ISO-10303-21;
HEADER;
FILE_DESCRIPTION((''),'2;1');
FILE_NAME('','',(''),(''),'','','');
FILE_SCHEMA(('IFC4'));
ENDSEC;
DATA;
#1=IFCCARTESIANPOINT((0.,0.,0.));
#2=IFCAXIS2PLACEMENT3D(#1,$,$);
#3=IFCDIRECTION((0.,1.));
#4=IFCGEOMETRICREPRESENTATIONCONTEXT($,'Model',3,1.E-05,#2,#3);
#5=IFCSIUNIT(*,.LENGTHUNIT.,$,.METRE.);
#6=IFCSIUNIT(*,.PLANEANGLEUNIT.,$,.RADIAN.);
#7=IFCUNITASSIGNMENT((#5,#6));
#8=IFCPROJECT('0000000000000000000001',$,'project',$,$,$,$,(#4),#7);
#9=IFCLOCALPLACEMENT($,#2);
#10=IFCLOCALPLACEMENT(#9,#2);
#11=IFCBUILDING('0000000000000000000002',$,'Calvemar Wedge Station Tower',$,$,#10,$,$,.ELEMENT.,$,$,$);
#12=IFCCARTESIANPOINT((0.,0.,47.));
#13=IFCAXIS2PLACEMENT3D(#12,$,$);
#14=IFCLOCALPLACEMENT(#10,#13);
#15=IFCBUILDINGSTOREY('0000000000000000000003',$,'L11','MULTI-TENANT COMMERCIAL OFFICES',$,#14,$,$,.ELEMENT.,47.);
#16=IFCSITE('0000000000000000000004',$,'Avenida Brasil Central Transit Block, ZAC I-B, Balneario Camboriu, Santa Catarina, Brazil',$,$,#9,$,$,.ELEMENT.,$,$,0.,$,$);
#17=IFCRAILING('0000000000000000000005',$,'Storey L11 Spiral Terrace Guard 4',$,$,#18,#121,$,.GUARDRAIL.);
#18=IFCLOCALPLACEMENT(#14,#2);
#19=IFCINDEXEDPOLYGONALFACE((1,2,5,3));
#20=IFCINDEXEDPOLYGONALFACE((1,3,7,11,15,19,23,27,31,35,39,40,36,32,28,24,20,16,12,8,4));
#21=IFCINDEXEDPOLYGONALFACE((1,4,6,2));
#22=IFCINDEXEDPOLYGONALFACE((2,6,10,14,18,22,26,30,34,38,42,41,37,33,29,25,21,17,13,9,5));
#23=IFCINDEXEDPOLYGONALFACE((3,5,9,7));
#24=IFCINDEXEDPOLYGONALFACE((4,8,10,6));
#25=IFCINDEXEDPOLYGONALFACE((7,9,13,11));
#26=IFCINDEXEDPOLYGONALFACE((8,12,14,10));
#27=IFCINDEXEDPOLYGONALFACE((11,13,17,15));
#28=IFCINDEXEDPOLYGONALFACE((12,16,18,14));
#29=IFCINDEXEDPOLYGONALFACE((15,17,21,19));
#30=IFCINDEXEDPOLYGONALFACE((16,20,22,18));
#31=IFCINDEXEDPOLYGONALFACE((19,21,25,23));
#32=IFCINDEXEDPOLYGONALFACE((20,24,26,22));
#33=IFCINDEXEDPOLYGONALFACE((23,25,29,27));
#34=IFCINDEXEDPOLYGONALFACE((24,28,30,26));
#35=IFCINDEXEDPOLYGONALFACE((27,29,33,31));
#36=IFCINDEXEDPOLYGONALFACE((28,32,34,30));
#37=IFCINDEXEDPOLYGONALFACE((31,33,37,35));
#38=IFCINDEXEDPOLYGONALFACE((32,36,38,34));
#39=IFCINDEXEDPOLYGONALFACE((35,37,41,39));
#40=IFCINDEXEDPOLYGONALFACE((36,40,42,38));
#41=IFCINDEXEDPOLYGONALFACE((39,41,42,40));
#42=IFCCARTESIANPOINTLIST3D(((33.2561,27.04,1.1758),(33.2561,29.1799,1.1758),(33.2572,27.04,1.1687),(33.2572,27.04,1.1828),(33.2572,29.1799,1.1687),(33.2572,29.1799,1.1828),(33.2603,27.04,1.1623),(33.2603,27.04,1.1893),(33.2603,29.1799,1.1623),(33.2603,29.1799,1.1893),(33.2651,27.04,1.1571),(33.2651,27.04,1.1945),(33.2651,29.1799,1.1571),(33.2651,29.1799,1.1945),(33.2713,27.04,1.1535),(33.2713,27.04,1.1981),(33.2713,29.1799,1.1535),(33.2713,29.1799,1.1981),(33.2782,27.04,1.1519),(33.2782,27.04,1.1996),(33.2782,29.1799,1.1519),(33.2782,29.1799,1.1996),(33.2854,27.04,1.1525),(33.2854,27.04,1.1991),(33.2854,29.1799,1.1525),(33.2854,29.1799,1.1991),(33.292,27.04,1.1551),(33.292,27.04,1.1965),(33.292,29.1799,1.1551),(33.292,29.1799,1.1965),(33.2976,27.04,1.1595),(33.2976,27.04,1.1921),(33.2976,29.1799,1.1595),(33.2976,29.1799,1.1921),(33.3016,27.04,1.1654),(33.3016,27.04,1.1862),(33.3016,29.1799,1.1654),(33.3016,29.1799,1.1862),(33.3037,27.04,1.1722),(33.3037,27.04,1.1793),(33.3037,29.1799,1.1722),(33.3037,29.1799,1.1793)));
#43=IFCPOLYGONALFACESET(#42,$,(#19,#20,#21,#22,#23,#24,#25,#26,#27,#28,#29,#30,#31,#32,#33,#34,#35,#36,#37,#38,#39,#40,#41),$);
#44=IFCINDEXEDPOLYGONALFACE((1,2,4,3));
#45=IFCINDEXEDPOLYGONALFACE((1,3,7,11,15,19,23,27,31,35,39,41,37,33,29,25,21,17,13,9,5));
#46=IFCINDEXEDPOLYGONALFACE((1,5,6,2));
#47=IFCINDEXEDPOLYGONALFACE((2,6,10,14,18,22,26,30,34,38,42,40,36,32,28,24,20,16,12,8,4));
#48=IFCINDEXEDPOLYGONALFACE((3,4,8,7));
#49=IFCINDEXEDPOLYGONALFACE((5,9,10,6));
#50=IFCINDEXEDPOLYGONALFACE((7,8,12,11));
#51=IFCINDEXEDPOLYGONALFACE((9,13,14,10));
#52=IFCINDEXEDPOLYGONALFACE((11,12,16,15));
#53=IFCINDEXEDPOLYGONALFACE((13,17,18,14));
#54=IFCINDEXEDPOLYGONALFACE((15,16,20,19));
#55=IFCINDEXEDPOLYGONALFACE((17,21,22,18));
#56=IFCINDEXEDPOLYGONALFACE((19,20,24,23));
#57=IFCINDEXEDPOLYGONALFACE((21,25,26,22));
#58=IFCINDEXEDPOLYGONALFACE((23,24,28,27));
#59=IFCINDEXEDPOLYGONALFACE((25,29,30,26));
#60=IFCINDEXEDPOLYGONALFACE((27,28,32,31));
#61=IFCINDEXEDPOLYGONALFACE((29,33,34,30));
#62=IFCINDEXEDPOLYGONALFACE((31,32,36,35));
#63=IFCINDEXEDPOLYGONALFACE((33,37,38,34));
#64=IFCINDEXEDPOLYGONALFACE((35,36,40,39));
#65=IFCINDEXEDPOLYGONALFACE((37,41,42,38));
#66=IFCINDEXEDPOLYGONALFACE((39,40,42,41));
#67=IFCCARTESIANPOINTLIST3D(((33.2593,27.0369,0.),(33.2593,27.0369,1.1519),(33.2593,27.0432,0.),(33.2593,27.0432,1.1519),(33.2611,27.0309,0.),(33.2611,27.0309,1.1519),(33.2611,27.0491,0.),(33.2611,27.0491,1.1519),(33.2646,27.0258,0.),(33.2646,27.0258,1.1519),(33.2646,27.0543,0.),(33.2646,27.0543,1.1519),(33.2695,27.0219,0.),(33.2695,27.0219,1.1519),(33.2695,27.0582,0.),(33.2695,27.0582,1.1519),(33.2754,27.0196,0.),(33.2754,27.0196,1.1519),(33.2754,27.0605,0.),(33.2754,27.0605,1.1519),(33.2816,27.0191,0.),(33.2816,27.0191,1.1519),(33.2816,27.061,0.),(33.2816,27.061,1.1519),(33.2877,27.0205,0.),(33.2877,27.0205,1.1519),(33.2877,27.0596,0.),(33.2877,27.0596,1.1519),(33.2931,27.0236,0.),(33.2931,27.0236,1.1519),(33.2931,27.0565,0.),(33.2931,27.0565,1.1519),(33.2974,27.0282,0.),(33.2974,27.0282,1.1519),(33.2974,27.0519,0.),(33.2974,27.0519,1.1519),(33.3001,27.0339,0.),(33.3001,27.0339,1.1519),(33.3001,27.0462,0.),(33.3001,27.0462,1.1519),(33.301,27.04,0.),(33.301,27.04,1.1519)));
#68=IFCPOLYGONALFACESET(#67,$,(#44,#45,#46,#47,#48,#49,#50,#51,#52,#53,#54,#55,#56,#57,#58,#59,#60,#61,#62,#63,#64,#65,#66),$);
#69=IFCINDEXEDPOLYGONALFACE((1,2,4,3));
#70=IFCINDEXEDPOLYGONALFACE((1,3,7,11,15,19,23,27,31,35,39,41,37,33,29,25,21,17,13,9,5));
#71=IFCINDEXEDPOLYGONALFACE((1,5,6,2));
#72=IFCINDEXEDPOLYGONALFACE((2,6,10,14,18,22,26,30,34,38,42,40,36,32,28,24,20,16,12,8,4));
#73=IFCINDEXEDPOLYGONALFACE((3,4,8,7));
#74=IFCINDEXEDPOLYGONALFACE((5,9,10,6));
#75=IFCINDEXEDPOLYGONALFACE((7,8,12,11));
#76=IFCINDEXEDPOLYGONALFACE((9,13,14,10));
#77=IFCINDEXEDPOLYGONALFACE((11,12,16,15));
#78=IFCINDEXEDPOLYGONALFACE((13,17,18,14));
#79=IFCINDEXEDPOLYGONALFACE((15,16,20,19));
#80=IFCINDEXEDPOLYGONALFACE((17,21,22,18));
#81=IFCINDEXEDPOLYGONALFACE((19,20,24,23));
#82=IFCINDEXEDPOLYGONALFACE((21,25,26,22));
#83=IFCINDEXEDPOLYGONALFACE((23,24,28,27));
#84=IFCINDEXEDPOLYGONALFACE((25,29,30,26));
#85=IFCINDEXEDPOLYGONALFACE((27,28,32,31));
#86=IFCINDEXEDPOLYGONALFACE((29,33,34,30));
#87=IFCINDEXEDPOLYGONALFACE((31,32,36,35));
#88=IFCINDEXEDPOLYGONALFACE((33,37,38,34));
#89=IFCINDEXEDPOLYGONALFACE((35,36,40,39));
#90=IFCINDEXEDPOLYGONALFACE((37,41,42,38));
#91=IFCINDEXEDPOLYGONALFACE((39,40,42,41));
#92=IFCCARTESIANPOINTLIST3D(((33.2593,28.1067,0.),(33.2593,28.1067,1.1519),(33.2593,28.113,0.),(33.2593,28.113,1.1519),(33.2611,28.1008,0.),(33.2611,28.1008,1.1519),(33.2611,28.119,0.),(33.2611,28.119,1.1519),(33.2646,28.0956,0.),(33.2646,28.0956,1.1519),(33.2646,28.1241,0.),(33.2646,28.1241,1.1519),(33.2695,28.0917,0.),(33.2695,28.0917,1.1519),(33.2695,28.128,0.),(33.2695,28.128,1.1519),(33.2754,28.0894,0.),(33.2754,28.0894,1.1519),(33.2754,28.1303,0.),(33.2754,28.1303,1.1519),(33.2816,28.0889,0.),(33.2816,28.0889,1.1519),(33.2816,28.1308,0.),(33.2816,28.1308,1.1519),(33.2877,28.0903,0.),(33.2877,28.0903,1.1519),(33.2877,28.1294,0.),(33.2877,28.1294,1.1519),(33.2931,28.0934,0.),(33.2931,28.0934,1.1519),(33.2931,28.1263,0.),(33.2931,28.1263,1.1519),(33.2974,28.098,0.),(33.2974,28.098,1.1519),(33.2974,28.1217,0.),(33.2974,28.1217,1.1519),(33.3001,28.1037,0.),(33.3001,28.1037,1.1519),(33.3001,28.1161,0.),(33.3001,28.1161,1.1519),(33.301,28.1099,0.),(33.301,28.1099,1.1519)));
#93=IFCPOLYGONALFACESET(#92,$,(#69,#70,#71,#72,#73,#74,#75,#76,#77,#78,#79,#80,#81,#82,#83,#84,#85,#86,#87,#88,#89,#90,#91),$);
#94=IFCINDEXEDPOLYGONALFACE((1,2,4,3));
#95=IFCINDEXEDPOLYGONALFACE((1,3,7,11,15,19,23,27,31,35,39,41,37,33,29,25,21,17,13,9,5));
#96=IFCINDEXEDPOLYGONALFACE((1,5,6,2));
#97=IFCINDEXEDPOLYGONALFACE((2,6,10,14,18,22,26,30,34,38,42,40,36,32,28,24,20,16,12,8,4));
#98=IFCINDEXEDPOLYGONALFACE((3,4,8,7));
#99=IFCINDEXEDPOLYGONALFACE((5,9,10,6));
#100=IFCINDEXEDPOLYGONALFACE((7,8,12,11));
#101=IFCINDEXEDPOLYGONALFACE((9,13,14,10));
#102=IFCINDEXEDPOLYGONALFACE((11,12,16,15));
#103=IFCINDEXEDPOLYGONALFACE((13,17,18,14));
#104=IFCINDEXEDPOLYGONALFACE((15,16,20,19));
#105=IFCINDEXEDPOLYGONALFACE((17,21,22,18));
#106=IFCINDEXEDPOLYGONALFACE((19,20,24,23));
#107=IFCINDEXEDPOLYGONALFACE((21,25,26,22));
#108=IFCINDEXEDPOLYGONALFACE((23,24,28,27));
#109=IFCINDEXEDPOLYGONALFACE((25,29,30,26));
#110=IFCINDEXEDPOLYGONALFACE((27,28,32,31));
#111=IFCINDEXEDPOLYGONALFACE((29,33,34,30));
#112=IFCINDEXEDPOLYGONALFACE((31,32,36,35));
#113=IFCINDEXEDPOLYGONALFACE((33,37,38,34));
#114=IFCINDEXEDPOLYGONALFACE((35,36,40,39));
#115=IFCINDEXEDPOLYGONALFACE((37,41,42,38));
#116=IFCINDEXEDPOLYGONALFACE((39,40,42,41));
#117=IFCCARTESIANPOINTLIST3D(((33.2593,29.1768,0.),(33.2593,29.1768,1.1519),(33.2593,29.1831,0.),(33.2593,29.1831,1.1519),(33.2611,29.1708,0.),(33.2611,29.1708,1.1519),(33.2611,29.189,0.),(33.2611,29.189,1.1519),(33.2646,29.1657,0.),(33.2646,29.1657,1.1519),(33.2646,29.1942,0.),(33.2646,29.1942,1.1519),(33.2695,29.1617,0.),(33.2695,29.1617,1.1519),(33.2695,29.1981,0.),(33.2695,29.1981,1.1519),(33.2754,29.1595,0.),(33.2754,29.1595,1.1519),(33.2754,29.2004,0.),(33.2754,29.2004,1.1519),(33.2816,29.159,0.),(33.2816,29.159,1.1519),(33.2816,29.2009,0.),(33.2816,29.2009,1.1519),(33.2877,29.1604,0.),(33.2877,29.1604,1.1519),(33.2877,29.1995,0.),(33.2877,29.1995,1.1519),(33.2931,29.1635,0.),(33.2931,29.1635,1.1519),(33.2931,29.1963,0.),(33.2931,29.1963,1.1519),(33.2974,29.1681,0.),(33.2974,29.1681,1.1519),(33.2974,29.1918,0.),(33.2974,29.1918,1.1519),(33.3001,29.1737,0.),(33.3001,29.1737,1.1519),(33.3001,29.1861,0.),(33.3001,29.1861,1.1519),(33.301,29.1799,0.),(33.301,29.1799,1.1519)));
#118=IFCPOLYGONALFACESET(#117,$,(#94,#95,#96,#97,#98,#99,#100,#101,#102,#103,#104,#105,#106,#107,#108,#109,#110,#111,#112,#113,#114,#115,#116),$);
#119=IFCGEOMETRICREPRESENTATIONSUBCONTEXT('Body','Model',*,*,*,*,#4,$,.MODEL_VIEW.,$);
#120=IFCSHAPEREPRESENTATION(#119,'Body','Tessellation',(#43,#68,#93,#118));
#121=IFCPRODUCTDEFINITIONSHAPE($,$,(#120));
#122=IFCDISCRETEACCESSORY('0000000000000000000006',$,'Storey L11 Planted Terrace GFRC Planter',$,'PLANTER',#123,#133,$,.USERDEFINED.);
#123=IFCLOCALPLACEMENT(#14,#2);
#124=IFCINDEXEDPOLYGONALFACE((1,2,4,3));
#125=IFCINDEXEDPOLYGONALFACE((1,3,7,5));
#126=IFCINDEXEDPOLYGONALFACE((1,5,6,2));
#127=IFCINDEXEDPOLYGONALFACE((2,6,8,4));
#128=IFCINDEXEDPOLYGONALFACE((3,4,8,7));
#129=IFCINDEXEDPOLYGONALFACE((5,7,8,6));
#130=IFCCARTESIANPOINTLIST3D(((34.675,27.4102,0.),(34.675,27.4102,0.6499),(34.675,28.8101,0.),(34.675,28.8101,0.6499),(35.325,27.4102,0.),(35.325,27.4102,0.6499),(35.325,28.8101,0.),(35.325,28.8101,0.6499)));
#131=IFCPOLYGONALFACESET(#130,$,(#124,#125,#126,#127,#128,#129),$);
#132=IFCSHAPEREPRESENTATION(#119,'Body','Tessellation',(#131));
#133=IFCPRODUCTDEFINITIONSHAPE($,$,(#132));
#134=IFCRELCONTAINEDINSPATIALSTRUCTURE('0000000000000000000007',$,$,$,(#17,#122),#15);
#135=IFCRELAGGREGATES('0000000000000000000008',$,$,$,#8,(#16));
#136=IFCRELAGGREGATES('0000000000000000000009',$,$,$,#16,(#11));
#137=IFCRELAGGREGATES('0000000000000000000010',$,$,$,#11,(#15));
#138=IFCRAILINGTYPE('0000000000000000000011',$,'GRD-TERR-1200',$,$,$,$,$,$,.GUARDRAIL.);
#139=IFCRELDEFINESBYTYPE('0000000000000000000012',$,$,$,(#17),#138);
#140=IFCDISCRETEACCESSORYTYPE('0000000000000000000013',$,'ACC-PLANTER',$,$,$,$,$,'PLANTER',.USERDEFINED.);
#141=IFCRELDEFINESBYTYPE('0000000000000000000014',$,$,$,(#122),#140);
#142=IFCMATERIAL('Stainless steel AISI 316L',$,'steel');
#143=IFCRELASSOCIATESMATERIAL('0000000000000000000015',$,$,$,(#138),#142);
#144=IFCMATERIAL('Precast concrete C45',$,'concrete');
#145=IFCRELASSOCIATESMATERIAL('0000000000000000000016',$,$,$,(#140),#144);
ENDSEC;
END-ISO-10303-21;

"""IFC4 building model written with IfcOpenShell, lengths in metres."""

from ifc_helpers import new_model, si_unit, direction, frame, origin, origin_2d, place, context, subcontext, project, spatial, rectangle, circle, extrude, source, transform, mapped, material, type_object, element, save


model = new_model("IFC4")

# Units and contexts
model_context = context("Model", 3, precision=1e-05, world=origin(), true_north=direction((0.0, 1.0)))
body_context = subcontext(model_context, "Body", "Model", "MODEL_VIEW")
ifc_project = project(units=[si_unit("LENGTHUNIT", "METRE"), si_unit("PLANEANGLEUNIT", "RADIAN")], contexts=[model_context])

# Site, building, storey
site_placement = place(None, origin())
site = spatial("IfcSite", under=ifc_project, at=site_placement, Name="Avenida Brasil Central Transit Block, ZAC I-B, Balneario Camboriu, Santa Catarina, Brazil", CompositionType="ELEMENT", RefElevation=0.0)
building_placement = place(site_placement, origin())
building = spatial("IfcBuilding", under=site, at=building_placement, Name="Calvemar Wedge Station Tower", CompositionType="ELEMENT")
storey_placement = place(building_placement, frame((0.0, 0.0, 47.0)))
storey = spatial("IfcBuildingStorey", under=building, at=storey_placement, Name="L11", Description="MULTI-TENANT COMMERCIAL OFFICES", CompositionType="ELEMENT", Elevation=47.0)

# Shared definitions
ifc_material_1 = material(Name="Precast concrete C45", Category="concrete")

# Railing
ifc_material_2 = material(Name="Stainless steel AISI 316L", Category="steel")
railing_type = type_object("IfcRailingType", Name="GRD-TERR-1200", PredefinedType="GUARDRAIL", material=ifc_material_2)
railing_1_placement = place(storey_placement, frame((33.28, 27.04, 0.0)))
element("IfcRailing", 1, at=railing_1_placement, inside=storey, type_object=railing_type, Name="Storey L11 Spiral Terrace Guard 4", PredefinedType="GUARDRAIL", context=body_context, shape_type="SweptSolid", body=[
    extrude(circle(Radius=0.0239, at=origin_2d()), frame((0.0, 0.0, 1.1758), z_axis=(0.0, 1.0, 0.0), x_axis=(-1.0, 0.0, 0.0)), (0.0, 0.0, 1.0), 2.1399),
    extrude(circle(Radius=0.021, at=origin_2d()), origin(), (0.0, 0.0, 1.0), 1.1519),
    extrude(circle(Radius=0.021, at=origin_2d()), frame((0.0, 1.0698, 0.0)), (0.0, 0.0, 1.0), 1.1519),
    extrude(circle(Radius=0.021, at=origin_2d()), frame((0.0, 2.1399, 0.0)), (0.0, 0.0, 1.0), 1.1519),
])

# Discrete accessory
discrete_accessory_type = type_object("IfcDiscreteAccessoryType", Name="ACC-PLANTER", ElementType="PLANTER", PredefinedType="USERDEFINED", material=ifc_material_1)
shared_shape_1 = source(origin(), body_context, "Body", "SweptSolid", [
    extrude(rectangle(XDim=0.6499, YDim=1.3999, at=origin_2d()), origin(), (0.0, 0.0, 1.0), 0.6499),
])
discrete_accessory_placement = place(storey_placement, frame((35.0, 28.1101, 0.0), z_axis=(0.0, 0.0, 1.0), x_axis=(1.0, 0.0, 0.0)))
element("IfcDiscreteAccessory", 2, at=discrete_accessory_placement, inside=storey, type_object=discrete_accessory_type, Name="Storey L11 Planted Terrace GFRC Planter", ObjectType="PLANTER", PredefinedType="USERDEFINED", context=body_context, shape_type="MappedRepresentation", body=[
    mapped(shared_shape_1, transform((0.0, 0.0, 0.0), scale=1.0)),
])

save(model, "model.ifc")
